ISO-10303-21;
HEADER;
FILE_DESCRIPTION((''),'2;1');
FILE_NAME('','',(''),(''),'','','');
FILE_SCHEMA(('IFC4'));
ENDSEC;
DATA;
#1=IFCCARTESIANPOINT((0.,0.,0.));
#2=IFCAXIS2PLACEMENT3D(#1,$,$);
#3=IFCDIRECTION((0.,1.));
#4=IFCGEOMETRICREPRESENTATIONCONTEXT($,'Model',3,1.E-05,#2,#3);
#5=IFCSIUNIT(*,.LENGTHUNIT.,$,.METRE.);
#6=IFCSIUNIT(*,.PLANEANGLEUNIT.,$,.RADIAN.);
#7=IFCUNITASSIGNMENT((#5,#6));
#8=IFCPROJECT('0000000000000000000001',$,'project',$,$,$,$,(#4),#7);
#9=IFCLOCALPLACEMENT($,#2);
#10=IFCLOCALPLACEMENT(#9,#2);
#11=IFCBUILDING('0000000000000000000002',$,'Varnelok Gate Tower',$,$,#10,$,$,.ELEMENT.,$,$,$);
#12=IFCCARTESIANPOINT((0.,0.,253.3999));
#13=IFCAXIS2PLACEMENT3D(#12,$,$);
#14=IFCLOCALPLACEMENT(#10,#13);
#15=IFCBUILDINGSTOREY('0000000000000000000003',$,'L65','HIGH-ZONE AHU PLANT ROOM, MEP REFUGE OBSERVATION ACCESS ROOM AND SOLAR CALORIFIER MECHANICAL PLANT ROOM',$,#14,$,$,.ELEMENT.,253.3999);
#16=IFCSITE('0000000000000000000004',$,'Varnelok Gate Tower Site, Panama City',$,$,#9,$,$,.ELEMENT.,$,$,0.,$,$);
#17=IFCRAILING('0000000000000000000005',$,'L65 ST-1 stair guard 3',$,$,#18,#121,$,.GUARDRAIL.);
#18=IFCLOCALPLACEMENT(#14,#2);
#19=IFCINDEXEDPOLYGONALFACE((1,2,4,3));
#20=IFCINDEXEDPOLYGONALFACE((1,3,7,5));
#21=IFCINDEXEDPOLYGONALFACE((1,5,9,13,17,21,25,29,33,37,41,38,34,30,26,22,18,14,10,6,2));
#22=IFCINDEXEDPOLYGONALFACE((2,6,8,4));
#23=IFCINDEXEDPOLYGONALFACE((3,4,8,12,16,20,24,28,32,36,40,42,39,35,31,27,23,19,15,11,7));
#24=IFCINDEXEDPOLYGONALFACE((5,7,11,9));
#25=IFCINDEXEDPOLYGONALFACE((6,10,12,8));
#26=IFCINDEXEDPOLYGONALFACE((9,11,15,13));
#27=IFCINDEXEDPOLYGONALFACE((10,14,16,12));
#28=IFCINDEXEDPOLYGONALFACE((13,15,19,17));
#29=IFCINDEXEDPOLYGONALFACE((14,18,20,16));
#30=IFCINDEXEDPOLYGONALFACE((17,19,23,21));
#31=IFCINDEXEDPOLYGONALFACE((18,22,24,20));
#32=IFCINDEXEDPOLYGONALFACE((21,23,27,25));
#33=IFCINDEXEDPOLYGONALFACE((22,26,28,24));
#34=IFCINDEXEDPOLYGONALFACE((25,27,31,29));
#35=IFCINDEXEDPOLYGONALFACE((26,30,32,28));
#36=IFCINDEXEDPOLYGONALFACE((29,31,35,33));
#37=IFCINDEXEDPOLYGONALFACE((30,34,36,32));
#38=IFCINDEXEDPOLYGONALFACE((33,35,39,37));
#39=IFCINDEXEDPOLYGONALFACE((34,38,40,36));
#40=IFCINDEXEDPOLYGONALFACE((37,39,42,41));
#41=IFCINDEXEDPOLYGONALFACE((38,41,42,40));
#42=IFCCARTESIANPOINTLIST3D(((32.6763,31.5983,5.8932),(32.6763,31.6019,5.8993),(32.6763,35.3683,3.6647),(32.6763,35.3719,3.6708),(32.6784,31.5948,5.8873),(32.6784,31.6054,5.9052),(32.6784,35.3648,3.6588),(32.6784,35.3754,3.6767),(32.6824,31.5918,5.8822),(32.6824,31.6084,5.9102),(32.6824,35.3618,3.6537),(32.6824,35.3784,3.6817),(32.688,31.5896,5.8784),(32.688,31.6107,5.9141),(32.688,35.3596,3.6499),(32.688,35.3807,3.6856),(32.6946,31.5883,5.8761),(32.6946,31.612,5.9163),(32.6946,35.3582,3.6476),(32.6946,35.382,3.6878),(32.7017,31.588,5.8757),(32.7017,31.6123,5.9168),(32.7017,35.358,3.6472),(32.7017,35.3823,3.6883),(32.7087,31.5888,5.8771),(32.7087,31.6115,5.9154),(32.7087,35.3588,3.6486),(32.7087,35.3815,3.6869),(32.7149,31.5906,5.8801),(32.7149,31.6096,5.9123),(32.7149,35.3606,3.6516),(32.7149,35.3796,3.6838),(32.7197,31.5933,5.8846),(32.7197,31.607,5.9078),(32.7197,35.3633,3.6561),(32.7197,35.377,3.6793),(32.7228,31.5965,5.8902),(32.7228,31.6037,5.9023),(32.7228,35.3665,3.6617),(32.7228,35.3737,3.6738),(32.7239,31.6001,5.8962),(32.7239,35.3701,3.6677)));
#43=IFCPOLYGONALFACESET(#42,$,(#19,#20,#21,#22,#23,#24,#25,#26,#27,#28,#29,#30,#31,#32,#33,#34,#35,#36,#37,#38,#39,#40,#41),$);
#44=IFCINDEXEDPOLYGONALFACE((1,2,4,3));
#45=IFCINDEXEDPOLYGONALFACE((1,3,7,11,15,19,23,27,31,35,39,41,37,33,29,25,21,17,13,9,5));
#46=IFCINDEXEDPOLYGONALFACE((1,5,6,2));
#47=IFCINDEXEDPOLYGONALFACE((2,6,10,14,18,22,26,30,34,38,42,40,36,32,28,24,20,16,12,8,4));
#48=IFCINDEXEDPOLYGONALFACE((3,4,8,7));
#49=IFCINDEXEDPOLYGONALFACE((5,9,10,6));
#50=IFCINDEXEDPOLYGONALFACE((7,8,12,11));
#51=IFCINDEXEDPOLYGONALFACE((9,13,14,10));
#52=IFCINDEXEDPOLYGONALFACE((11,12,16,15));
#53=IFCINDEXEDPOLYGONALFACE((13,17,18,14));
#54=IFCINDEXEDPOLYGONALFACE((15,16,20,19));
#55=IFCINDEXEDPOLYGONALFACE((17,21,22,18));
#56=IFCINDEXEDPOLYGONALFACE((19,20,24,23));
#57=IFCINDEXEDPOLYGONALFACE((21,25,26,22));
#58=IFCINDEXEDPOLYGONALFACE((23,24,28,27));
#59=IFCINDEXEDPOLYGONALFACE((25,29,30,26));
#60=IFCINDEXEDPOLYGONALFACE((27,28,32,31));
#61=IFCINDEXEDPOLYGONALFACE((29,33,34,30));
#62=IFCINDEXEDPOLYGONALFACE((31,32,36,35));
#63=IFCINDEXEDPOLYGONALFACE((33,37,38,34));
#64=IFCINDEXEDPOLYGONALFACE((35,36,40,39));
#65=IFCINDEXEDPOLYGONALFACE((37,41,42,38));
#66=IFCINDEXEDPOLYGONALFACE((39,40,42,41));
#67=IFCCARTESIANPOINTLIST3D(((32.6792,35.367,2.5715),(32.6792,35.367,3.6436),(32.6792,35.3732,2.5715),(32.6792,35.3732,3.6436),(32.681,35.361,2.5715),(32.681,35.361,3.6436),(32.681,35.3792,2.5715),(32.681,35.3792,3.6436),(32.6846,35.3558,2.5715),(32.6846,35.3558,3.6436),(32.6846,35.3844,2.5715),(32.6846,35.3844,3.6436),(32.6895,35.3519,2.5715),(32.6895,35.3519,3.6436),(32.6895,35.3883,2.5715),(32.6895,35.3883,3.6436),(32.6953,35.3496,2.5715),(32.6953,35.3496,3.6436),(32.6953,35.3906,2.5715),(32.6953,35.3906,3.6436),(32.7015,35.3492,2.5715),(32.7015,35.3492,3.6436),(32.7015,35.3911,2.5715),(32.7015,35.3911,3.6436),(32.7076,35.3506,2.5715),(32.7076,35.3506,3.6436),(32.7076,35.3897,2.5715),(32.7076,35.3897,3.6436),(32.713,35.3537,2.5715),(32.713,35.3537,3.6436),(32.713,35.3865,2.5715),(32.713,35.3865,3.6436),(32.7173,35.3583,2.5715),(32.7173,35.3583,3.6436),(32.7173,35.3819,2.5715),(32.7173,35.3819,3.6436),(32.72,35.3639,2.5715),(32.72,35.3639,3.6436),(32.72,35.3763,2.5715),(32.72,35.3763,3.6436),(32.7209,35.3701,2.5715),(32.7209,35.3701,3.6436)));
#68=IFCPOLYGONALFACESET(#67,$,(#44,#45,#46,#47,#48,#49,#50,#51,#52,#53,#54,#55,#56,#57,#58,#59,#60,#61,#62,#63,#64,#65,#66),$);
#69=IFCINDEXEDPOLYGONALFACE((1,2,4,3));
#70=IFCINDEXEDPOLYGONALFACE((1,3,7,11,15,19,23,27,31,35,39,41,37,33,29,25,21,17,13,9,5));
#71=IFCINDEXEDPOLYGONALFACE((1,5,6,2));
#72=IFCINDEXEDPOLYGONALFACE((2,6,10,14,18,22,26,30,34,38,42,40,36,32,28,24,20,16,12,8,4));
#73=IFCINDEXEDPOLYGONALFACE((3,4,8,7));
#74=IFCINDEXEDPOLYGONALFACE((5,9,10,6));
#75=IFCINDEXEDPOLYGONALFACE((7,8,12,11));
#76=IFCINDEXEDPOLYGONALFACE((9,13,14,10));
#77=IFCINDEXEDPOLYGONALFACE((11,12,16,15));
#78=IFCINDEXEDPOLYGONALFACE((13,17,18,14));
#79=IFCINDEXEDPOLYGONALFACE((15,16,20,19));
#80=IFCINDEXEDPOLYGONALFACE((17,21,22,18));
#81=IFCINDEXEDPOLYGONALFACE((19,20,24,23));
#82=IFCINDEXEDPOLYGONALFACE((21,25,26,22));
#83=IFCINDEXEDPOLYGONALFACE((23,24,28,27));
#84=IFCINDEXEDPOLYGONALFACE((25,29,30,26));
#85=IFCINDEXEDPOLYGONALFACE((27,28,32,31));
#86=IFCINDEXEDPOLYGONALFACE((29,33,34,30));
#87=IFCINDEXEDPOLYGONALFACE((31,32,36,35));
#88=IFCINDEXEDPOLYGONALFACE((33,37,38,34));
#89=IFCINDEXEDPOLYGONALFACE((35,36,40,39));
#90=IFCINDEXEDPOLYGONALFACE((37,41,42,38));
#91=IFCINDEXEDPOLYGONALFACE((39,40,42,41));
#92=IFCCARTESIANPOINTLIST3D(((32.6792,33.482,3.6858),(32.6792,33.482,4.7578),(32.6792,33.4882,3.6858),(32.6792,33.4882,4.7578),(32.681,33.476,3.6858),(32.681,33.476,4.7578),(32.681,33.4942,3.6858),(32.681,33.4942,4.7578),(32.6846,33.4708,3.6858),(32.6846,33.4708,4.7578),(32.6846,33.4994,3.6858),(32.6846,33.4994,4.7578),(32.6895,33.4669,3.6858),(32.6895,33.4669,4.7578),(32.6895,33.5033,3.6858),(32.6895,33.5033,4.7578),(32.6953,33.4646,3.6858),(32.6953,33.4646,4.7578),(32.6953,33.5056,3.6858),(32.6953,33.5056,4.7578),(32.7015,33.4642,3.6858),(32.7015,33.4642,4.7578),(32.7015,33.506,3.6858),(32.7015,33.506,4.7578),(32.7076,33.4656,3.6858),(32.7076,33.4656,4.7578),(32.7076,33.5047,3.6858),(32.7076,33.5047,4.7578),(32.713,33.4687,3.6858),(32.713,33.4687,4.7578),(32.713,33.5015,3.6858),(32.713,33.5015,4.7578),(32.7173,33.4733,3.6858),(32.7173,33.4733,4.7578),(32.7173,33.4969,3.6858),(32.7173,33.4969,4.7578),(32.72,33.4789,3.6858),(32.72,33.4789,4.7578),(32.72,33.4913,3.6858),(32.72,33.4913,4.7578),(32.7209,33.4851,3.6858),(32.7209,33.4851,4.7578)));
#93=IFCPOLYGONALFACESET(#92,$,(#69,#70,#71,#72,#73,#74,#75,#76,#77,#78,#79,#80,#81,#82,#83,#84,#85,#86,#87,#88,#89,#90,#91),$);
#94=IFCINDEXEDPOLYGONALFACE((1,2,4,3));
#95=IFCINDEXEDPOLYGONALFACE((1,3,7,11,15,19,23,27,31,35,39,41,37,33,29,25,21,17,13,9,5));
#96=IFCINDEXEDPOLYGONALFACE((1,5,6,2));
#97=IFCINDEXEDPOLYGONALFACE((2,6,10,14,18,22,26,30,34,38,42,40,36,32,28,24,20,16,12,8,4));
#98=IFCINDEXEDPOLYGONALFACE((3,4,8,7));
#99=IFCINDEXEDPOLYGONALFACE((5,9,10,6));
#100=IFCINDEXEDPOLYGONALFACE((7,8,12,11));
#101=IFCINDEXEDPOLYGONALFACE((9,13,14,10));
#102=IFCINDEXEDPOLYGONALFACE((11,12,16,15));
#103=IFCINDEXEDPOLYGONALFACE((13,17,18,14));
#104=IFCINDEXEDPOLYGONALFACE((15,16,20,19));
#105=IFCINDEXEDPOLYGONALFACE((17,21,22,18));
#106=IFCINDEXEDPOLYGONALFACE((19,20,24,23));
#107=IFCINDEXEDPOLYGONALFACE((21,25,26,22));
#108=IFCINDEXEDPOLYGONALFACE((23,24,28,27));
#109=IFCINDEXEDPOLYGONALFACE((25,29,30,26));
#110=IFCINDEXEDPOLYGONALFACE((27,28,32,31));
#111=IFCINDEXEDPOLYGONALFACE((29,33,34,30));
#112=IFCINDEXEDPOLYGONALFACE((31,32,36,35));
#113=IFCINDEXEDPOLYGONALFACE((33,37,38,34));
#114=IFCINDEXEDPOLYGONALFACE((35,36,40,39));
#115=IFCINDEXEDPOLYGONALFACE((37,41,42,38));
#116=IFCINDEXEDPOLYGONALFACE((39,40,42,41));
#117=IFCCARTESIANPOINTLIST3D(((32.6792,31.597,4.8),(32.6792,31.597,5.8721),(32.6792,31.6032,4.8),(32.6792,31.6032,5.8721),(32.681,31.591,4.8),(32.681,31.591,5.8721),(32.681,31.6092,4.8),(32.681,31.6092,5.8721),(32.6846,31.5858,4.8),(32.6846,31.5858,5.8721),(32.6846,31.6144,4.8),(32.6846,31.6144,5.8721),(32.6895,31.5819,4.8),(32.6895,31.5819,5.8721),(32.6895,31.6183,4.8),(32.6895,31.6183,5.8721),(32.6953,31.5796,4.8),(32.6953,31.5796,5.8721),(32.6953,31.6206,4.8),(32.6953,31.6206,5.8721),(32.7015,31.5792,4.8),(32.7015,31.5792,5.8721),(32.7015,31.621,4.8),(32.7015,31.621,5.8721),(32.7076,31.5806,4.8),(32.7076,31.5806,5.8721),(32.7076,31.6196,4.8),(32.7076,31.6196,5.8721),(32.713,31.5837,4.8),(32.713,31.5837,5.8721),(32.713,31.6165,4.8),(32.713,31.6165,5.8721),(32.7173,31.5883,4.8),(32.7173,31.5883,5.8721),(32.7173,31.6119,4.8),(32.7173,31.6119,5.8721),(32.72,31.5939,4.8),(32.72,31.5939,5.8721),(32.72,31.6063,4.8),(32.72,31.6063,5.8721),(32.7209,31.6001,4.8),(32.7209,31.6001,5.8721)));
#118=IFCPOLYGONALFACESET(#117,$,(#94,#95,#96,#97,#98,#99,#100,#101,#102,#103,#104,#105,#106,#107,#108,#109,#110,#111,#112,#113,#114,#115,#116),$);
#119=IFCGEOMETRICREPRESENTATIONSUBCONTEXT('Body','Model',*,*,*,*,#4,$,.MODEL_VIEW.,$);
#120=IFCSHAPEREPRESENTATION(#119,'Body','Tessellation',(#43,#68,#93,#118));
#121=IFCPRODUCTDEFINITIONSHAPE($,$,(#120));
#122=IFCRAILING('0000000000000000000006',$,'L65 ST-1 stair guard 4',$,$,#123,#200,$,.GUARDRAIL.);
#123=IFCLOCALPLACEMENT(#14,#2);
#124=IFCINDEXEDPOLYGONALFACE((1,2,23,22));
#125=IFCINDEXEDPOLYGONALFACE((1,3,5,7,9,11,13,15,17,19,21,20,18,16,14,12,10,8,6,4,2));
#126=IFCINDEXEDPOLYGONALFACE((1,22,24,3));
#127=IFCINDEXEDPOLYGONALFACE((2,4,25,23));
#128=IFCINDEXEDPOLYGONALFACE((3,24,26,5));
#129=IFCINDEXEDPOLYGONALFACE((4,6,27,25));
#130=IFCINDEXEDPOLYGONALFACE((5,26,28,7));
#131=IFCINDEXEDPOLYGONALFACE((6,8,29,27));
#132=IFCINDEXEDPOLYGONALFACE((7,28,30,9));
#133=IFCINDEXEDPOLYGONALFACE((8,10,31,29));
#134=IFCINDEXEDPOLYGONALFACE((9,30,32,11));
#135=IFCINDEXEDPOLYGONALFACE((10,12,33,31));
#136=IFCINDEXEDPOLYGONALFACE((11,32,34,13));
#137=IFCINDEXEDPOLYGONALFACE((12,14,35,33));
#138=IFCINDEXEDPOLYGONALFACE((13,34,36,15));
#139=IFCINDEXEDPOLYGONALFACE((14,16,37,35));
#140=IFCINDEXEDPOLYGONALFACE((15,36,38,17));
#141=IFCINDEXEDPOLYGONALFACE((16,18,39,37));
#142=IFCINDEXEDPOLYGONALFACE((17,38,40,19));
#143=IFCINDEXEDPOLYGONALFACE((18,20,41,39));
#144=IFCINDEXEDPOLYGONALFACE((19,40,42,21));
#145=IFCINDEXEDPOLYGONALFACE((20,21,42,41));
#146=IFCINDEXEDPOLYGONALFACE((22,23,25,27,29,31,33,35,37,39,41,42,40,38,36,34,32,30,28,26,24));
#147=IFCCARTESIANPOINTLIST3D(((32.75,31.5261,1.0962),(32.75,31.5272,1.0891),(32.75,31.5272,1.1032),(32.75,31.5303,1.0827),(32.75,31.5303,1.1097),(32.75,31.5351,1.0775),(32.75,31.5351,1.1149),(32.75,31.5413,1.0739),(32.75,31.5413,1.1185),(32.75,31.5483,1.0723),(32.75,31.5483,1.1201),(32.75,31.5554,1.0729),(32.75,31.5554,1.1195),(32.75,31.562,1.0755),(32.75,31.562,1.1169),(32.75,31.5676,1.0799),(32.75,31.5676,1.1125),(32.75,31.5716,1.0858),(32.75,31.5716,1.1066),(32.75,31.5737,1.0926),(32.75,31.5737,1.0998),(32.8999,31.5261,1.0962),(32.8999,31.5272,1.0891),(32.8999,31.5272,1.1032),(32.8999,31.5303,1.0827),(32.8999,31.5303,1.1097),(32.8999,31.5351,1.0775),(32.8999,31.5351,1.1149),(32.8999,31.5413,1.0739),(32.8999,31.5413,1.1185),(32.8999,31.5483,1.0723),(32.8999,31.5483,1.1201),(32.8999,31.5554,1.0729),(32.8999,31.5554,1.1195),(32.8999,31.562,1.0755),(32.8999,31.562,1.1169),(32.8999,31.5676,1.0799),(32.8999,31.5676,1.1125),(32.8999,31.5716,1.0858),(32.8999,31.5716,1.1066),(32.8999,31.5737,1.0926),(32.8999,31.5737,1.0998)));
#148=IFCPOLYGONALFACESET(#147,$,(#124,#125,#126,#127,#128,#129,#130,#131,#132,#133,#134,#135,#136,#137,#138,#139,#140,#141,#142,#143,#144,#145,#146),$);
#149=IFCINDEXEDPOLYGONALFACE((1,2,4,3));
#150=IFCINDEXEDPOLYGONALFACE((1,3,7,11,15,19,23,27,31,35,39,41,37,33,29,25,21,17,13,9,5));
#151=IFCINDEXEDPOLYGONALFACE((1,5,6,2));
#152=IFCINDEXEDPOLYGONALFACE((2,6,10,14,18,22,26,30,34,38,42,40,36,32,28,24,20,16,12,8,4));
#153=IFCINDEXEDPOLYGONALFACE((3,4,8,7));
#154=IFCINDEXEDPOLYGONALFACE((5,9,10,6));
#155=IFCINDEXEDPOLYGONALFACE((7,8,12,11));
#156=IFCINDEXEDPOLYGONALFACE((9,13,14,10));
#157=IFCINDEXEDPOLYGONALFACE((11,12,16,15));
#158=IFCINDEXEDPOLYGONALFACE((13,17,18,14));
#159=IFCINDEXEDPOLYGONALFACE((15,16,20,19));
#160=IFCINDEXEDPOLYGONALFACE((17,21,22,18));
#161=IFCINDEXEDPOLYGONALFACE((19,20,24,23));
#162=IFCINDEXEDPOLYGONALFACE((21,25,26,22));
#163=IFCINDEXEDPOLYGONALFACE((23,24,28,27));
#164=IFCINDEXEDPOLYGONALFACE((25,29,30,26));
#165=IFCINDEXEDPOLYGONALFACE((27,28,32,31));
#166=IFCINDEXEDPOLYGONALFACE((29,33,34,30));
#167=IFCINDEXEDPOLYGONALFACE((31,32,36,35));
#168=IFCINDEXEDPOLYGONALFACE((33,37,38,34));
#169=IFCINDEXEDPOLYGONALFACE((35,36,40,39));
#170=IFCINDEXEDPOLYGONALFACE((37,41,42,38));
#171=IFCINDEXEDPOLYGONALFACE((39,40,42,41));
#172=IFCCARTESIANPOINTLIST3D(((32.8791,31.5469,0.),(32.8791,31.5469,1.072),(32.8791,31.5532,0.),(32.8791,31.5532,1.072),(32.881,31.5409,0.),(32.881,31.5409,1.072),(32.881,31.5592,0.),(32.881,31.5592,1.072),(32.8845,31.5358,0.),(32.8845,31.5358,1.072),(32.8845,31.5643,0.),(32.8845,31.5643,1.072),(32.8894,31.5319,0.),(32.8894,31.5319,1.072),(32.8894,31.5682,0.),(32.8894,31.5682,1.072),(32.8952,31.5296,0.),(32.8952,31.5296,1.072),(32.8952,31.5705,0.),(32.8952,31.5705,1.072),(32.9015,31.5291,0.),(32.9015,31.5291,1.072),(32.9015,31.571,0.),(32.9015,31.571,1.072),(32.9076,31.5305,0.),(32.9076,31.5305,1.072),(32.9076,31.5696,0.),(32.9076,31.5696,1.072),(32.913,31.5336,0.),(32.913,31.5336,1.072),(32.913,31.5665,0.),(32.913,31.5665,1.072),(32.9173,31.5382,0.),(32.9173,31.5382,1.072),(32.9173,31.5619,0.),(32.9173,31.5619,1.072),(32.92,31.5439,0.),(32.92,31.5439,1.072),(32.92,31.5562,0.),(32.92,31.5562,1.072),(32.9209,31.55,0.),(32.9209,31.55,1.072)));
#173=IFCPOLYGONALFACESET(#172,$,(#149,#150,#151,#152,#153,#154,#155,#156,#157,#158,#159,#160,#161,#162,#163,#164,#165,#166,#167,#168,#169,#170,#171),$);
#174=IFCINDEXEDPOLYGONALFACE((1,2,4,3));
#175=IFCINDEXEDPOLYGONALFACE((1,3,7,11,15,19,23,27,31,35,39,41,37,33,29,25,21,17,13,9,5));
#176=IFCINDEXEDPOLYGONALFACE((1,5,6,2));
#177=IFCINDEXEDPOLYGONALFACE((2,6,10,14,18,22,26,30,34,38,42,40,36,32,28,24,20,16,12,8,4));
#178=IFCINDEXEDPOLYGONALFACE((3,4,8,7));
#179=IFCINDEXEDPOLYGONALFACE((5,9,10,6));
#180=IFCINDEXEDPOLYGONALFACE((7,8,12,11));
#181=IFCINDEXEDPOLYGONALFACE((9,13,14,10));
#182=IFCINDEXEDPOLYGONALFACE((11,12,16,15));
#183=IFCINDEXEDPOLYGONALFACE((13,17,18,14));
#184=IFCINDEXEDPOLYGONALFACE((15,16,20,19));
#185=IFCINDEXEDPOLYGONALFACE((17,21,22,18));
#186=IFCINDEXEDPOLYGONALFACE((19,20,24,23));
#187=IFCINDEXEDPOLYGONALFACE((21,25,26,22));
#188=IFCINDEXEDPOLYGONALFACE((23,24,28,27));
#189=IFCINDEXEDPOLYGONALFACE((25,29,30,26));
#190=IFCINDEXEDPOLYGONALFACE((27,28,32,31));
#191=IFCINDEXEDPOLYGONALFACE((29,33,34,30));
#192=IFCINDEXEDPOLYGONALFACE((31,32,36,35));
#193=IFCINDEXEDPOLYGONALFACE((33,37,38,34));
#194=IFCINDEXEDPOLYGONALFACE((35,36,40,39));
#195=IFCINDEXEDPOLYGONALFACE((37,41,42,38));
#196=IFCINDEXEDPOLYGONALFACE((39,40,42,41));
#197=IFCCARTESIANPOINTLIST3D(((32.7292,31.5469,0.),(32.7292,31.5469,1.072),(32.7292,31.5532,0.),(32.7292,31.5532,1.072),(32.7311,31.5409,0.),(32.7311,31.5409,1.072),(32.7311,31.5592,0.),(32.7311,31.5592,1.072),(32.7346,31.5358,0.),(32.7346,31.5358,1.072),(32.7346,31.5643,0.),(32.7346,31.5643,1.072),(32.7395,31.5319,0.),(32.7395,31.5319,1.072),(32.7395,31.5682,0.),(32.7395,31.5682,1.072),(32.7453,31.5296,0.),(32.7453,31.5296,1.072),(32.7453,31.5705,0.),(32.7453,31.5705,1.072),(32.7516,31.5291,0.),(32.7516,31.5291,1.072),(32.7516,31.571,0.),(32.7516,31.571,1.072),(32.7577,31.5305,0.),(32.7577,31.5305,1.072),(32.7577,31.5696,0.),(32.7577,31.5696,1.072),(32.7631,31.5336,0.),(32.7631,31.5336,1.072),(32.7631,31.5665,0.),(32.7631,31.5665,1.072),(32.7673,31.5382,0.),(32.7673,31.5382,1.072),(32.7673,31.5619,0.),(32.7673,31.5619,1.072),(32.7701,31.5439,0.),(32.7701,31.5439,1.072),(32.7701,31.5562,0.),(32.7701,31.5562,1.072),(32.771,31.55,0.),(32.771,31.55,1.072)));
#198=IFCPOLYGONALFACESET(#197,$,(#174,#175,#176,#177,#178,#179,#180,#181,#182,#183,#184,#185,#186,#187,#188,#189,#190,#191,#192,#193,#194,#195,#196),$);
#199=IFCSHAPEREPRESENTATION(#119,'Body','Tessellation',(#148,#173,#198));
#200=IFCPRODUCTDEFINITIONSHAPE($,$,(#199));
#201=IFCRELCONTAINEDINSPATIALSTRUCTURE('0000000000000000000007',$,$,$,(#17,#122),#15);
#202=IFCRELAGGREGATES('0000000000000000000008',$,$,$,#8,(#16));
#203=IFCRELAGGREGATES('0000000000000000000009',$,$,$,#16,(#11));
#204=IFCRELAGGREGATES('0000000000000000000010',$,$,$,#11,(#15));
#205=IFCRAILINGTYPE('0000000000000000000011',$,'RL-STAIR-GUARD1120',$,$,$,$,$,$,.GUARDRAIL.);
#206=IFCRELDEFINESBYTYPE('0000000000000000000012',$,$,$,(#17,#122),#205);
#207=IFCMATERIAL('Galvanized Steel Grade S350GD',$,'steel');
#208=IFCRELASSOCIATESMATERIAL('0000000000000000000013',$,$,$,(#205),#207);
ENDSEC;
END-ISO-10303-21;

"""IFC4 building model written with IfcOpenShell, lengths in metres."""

from ifc_helpers import new_model, si_unit, direction, frame, origin, origin_2d, place, context, subcontext, project, spatial, circle, extrude, material, type_object, element, save


model = new_model("IFC4")

# Units and contexts
model_context = context("Model", 3, precision=1e-05, world=origin(), true_north=direction((0.0, 1.0)))
body_context = subcontext(model_context, "Body", "Model", "MODEL_VIEW")
ifc_project = project(units=[si_unit("LENGTHUNIT", "METRE"), si_unit("PLANEANGLEUNIT", "RADIAN")], contexts=[model_context])

# Site, building, storey
site_placement = place(None, origin())
site = spatial("IfcSite", under=ifc_project, at=site_placement, Name="Varnelok Gate Tower Site, Panama City", CompositionType="ELEMENT", RefElevation=0.0)
building_placement = place(site_placement, origin())
building = spatial("IfcBuilding", under=site, at=building_placement, Name="Varnelok Gate Tower", CompositionType="ELEMENT")
storey_placement = place(building_placement, frame((0.0, 0.0, 253.3999)))
storey = spatial("IfcBuildingStorey", under=building, at=storey_placement, Name="L65", Description="HIGH-ZONE AHU PLANT ROOM, MEP REFUGE OBSERVATION ACCESS ROOM AND SOLAR CALORIFIER MECHANICAL PLANT ROOM", CompositionType="ELEMENT", Elevation=253.3999)

# Shared definitions
ifc_material_1 = material(Name="Galvanized Steel Grade S350GD", Category="steel")

# Railings
railing_type_1 = type_object("IfcRailingType", Name="RL-STAIR-GUARD1120", PredefinedType="GUARDRAIL", material=ifc_material_1)
railing_1_placement = place(storey_placement, frame((32.7, 35.3701, 2.5715)))
element("IfcRailing", 1, at=railing_1_placement, inside=storey, type_object=railing_type_1, Name="L65 ST-1 stair guard 3", PredefinedType="GUARDRAIL", context=body_context, shape_type="SweptSolid", body=[
    extrude(circle(Radius=0.0239, at=origin_2d()), frame((0.0, 0.0, 1.0962), z_axis=(0.0, -0.860849, 0.508861), x_axis=(1.0, 0.0, 0.0)), (0.0, 0.0, 1.0), 4.3794),
    extrude(circle(Radius=0.021, at=origin_2d()), origin(), (0.0, 0.0, 1.0), 1.072),
    extrude(circle(Radius=0.021, at=origin_2d()), frame((0.0, -1.885, 1.1143)), (0.0, 0.0, 1.0), 1.072),
    extrude(circle(Radius=0.021, at=origin_2d()), frame((0.0, -3.77, 2.2285)), (0.0, 0.0, 1.0), 1.072),
])
railing_2_placement = place(storey_placement, frame((32.8999, 31.55, 0.0)))
element("IfcRailing", 2, at=railing_2_placement, inside=storey, type_object=railing_type_1, Name="L65 ST-1 stair guard 4", PredefinedType="GUARDRAIL", context=body_context, shape_type="SweptSolid", body=[
    extrude(circle(Radius=0.0239, at=origin_2d()), frame((0.0, 0.0, 1.0962), z_axis=(-1.0, 0.0, 0.0), x_axis=(0.0, -1.0, 0.0)), (0.0, 0.0, 1.0), 0.1499),
    extrude(circle(Radius=0.021, at=origin_2d()), origin(), (0.0, 0.0, 1.0), 1.072),
    extrude(circle(Radius=0.021, at=origin_2d()), frame((-0.1499, 0.0, 0.0)), (0.0, 0.0, 1.0), 1.072),
])

save(model, "model.ifc")
